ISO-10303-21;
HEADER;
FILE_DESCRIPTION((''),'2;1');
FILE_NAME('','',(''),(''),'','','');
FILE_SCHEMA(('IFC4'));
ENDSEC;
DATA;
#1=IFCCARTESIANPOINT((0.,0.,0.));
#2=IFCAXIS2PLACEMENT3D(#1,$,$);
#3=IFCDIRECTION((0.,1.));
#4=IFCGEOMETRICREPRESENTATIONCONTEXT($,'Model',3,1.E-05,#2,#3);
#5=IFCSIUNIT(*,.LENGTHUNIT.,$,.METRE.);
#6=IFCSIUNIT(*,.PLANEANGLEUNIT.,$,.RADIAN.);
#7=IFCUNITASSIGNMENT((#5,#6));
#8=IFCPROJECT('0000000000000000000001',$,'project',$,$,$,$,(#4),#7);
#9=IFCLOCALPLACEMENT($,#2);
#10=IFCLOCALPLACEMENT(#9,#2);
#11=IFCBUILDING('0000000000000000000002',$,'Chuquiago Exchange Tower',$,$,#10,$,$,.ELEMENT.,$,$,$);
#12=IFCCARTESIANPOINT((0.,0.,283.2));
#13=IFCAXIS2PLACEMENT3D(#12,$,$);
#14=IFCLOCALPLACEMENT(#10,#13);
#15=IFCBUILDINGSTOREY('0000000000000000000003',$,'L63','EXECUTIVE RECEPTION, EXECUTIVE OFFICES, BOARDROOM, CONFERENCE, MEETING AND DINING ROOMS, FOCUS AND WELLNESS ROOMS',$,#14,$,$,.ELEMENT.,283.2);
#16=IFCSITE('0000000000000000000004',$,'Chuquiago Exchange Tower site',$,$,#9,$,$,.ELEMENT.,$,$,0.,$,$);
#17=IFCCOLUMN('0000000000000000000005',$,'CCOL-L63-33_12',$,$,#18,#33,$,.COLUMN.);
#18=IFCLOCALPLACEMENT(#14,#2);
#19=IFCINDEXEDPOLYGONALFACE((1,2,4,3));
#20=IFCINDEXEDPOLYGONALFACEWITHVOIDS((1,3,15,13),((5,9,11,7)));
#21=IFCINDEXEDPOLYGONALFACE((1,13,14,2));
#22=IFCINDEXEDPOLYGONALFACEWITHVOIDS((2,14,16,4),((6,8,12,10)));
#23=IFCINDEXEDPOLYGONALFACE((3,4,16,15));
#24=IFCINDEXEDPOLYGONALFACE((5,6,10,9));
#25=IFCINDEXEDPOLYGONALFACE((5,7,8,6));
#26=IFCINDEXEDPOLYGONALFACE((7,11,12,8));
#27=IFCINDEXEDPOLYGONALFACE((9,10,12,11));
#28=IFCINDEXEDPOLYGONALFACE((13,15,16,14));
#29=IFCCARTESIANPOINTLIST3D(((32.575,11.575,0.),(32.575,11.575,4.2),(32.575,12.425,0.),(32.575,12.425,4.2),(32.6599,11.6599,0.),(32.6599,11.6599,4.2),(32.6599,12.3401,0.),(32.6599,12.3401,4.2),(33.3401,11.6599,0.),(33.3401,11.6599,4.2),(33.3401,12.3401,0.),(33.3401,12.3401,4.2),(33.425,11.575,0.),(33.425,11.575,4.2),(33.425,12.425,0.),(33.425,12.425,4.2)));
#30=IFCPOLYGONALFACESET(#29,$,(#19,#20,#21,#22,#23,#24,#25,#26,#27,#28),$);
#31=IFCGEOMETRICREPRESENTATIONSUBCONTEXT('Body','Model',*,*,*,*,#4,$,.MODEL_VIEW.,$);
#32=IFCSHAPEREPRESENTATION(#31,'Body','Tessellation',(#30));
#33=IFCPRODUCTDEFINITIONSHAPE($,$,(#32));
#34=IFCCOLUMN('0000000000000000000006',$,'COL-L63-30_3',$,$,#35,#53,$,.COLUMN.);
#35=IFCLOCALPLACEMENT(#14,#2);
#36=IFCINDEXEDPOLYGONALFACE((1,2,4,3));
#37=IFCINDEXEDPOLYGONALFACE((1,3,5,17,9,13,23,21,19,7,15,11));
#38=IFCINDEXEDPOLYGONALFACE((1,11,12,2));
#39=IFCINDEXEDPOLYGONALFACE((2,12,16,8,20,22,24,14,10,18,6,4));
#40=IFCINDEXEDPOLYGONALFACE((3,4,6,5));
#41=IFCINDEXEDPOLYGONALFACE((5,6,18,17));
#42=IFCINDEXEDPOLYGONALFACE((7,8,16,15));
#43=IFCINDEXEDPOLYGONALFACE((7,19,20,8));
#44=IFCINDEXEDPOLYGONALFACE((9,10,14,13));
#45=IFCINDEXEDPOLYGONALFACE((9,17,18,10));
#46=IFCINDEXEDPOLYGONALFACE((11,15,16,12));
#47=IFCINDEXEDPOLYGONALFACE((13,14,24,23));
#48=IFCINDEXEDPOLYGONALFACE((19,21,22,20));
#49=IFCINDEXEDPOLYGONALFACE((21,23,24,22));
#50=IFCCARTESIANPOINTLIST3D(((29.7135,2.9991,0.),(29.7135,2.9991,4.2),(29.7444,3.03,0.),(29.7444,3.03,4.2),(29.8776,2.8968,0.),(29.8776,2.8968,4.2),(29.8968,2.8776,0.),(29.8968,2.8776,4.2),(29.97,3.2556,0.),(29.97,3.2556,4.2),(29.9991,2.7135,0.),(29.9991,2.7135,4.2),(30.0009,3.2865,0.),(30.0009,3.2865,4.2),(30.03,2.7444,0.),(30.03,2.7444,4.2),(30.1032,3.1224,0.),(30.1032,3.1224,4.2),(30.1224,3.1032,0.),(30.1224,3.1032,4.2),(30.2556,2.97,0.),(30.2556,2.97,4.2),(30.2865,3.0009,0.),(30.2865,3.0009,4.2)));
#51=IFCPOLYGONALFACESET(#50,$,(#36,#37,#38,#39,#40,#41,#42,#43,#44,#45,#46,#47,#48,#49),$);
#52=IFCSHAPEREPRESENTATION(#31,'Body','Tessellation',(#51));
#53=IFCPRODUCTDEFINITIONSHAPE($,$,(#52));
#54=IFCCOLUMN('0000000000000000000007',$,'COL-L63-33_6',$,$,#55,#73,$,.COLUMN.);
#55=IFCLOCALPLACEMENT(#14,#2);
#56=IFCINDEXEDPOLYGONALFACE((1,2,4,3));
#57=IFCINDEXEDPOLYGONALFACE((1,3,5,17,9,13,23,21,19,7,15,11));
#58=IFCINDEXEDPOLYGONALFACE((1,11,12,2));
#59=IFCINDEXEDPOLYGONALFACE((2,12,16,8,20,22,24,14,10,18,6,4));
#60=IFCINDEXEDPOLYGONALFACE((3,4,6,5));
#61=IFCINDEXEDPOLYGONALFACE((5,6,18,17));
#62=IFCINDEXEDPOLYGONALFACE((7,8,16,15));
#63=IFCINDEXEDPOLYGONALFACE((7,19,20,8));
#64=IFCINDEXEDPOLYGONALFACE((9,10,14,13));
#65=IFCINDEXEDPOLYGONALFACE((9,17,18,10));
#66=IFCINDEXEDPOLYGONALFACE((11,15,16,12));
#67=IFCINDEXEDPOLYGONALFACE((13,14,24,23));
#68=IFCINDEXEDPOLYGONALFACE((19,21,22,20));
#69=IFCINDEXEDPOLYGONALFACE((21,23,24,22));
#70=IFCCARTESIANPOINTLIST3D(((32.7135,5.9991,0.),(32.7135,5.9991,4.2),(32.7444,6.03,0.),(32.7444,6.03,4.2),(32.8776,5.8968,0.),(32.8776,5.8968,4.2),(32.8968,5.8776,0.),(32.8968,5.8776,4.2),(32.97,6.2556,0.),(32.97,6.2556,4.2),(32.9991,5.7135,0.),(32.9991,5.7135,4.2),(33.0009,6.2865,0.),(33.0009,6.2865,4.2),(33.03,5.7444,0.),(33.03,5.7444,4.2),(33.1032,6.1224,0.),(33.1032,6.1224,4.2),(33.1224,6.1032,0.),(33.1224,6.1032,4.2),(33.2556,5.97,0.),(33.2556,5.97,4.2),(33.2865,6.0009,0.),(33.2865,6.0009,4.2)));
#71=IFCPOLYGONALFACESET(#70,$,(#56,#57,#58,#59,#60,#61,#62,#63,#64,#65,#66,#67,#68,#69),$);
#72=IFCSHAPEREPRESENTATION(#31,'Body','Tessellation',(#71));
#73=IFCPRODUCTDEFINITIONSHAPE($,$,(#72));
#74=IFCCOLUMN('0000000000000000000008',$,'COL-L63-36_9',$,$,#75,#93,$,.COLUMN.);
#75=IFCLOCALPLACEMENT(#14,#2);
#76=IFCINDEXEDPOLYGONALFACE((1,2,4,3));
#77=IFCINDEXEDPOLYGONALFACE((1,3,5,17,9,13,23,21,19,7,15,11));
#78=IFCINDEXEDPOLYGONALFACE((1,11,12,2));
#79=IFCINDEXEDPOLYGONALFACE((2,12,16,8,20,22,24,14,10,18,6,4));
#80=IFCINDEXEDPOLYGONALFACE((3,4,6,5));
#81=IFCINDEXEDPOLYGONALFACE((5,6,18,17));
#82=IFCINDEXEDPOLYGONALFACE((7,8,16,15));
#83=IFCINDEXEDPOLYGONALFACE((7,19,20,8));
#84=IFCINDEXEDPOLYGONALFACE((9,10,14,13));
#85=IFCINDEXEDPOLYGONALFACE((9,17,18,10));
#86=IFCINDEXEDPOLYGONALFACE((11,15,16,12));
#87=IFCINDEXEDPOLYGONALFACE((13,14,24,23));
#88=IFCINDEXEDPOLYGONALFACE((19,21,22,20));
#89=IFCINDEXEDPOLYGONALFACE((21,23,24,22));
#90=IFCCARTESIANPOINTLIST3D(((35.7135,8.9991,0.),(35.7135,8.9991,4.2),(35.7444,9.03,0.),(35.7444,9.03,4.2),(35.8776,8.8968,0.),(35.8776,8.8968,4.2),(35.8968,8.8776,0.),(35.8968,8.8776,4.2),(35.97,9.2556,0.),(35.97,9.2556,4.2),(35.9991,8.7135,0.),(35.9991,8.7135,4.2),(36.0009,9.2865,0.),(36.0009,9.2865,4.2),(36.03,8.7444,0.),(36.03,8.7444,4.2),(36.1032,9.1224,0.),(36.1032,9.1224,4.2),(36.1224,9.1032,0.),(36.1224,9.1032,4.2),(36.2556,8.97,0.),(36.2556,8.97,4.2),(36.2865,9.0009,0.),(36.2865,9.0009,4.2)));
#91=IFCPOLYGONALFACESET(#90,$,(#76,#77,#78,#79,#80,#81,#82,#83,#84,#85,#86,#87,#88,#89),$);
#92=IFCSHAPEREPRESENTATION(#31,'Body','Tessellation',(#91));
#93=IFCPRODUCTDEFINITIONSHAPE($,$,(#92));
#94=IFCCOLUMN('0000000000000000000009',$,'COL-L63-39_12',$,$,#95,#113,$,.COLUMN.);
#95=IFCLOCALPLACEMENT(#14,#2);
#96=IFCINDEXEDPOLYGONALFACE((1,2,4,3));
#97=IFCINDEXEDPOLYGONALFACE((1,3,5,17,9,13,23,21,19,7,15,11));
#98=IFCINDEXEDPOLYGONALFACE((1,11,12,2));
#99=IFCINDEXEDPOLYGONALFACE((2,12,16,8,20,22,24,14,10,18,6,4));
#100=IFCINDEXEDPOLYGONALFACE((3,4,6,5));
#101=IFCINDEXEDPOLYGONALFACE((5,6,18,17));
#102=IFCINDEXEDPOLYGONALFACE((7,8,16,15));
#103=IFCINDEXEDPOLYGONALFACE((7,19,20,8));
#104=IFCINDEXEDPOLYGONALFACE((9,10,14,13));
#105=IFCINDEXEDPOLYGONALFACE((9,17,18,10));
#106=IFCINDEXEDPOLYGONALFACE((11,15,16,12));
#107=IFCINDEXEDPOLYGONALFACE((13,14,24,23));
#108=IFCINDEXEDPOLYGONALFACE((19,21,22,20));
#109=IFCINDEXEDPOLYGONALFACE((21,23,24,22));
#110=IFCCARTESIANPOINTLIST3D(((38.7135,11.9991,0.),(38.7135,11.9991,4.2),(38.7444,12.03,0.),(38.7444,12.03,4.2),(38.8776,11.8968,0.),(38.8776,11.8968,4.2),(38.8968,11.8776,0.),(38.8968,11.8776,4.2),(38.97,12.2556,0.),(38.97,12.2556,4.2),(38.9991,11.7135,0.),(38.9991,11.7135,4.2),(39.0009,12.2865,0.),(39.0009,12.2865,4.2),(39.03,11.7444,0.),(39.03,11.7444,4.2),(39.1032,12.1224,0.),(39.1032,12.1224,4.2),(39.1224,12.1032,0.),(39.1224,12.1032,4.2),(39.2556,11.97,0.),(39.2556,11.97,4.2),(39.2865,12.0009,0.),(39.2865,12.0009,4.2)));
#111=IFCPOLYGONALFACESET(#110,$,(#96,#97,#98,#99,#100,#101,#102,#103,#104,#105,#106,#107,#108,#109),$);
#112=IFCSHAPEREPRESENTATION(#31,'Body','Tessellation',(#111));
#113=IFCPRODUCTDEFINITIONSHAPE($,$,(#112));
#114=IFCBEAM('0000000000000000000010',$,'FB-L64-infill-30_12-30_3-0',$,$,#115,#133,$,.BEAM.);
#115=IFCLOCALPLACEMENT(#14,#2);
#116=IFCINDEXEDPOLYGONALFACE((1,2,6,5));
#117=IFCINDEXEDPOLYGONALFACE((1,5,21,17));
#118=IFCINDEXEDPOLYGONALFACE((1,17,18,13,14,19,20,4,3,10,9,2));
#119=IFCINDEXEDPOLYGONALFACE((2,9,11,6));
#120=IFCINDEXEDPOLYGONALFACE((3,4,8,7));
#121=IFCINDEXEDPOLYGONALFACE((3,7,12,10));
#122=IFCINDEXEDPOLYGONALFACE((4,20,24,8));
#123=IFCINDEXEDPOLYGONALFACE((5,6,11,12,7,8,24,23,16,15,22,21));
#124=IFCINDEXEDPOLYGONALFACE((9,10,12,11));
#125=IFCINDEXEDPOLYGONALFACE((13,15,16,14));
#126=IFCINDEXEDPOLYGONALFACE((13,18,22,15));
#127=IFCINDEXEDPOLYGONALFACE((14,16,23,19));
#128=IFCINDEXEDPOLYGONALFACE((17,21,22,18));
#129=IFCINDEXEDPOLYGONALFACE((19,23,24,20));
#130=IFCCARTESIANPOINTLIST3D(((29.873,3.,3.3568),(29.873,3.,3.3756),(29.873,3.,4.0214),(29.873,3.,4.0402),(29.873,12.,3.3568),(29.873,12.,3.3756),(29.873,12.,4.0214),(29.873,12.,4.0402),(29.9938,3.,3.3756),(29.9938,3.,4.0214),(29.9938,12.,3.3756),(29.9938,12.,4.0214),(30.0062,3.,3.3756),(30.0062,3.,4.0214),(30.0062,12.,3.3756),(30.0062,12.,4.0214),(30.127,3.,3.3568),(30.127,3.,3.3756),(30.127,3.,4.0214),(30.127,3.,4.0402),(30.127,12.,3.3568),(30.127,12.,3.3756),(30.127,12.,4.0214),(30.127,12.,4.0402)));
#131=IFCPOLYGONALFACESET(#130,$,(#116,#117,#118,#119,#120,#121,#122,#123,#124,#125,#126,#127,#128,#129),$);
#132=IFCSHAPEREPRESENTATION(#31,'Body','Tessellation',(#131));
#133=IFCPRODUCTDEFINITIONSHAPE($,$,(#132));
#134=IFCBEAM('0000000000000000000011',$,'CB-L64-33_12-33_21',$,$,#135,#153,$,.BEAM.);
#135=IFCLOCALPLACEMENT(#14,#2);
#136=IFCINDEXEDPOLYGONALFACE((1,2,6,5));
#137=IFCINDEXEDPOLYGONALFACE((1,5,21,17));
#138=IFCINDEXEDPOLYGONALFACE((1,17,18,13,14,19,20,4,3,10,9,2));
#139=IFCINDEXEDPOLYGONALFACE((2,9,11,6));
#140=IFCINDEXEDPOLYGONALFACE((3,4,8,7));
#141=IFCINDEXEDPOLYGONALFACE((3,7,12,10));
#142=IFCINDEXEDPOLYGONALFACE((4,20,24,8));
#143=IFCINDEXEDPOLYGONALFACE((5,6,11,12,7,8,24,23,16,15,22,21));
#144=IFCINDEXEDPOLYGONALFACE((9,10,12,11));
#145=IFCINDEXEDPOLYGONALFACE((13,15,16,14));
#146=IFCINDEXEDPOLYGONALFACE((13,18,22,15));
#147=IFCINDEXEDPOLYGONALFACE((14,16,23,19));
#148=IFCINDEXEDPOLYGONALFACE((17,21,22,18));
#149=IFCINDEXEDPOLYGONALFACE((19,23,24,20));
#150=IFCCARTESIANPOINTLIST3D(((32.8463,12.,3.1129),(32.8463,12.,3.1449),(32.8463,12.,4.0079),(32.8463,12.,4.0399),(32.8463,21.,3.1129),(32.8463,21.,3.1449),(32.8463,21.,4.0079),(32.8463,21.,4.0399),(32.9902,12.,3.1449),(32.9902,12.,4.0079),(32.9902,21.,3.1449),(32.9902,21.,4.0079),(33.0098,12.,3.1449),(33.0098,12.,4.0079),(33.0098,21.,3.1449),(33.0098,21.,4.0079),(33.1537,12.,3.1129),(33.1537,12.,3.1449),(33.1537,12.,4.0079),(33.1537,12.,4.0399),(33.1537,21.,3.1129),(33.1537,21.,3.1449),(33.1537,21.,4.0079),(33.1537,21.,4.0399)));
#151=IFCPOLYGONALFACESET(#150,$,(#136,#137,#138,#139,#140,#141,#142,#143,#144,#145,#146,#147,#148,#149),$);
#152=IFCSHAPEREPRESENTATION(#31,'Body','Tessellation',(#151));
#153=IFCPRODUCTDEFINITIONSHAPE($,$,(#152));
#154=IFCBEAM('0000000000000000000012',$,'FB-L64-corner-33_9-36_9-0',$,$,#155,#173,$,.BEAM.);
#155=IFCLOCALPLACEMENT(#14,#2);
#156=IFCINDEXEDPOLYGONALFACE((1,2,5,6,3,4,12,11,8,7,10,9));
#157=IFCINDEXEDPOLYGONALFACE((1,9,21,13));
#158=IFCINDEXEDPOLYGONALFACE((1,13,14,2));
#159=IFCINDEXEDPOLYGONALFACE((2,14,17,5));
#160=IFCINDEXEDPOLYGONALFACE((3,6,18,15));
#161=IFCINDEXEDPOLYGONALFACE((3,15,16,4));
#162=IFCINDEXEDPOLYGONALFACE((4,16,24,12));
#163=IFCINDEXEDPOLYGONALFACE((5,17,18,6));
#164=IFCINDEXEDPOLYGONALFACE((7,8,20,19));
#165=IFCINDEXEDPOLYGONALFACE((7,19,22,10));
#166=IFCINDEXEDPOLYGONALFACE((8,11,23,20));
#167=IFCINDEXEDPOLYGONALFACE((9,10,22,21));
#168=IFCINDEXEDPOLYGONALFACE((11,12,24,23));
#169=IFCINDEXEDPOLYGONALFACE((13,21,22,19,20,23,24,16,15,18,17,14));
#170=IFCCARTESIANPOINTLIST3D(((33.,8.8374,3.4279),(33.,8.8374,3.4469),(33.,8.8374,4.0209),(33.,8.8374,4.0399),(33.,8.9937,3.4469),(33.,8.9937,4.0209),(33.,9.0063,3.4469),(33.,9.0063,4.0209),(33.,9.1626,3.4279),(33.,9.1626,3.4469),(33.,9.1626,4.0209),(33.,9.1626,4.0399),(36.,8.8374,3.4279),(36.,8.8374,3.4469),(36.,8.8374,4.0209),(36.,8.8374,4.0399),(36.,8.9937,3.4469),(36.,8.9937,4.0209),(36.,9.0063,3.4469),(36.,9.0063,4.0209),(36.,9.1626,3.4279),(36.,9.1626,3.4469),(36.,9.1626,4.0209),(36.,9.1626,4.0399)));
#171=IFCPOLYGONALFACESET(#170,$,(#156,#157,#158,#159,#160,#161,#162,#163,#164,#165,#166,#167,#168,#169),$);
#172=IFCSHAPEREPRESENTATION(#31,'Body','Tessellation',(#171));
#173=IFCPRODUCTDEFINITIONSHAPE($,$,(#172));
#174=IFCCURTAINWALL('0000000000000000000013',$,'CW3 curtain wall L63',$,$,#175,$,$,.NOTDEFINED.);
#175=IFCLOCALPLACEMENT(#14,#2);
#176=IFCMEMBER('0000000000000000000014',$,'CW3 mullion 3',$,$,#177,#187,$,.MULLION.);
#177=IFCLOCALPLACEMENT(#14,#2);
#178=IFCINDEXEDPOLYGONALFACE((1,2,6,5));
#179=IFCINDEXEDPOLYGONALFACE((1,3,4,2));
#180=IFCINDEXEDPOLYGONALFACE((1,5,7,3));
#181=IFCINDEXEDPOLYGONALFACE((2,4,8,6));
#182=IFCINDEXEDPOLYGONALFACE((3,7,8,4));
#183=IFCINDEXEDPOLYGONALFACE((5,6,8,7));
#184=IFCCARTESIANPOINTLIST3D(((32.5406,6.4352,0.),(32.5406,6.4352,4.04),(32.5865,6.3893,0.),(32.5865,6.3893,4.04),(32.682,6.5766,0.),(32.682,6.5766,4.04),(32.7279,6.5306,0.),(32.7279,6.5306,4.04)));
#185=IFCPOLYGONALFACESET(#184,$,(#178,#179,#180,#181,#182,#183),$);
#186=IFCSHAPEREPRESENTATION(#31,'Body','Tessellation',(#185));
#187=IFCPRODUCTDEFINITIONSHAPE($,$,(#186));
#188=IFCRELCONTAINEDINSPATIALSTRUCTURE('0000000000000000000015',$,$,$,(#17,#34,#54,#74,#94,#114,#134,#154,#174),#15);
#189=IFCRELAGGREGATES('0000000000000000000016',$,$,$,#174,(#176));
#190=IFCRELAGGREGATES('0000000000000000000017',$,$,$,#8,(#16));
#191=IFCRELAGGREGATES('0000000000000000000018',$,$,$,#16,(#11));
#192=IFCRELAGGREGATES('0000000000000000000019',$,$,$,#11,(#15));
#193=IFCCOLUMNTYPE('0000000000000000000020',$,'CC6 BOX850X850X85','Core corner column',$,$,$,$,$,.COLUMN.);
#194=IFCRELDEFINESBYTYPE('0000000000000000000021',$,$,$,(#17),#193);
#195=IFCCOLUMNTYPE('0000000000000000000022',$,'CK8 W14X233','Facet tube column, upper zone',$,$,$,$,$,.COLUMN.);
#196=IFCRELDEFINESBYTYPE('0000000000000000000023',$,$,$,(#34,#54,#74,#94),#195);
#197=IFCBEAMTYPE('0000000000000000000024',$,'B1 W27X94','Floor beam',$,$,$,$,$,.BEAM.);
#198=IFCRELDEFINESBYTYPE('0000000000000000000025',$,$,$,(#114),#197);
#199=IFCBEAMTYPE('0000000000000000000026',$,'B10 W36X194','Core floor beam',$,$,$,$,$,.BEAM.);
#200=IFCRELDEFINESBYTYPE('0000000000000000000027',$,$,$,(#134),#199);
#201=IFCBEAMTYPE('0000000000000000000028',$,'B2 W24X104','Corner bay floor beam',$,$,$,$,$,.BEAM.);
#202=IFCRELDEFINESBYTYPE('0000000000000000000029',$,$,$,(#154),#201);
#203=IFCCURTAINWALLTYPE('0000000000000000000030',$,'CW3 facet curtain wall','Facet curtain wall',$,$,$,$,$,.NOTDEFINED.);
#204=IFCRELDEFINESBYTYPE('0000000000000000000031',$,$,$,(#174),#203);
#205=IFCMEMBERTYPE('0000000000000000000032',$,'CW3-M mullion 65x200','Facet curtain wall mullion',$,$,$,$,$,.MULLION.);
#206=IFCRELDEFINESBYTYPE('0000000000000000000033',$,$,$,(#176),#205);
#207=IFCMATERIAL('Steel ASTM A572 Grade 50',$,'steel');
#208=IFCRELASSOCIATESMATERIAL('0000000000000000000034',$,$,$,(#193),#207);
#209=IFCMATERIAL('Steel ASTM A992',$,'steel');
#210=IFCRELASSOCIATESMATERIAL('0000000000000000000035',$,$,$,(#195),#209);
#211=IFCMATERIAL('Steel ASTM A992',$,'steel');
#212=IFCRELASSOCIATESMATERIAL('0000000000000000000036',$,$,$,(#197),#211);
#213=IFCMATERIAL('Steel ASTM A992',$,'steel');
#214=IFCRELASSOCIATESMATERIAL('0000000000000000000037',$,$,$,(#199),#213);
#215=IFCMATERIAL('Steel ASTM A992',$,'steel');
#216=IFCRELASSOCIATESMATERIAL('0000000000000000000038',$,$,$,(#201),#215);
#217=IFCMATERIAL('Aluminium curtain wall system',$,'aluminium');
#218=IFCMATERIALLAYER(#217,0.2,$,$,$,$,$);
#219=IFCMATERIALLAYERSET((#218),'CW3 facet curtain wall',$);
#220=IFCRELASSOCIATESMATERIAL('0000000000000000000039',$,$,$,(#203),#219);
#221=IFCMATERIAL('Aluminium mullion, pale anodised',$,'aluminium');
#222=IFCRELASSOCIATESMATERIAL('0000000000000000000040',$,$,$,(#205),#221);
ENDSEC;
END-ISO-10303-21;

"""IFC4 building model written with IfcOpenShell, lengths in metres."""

from ifc_helpers import new_model, si_unit, direction, frame, origin, origin_2d, place, context, subcontext, project, spatial, rectangle, hollow_rectangle, i_section, extrude, material, layer, layer_set, material_profile, profile_set, type_object, element, aggregate, save


model = new_model("IFC4")

# Units and contexts
model_context = context("Model", 3, precision=1e-05, world=origin(), true_north=direction((0.0, 1.0)))
body_context = subcontext(model_context, "Body", "Model", "MODEL_VIEW")
ifc_project = project(units=[si_unit("LENGTHUNIT", "METRE"), si_unit("PLANEANGLEUNIT", "RADIAN")], contexts=[model_context])

# Site, building, storey
site_placement = place(None, origin())
site = spatial("IfcSite", under=ifc_project, at=site_placement, Name="Chuquiago Exchange Tower site", CompositionType="ELEMENT", RefElevation=0.0)
building_placement = place(site_placement, origin())
building = spatial("IfcBuilding", under=site, at=building_placement, Name="Chuquiago Exchange Tower", CompositionType="ELEMENT")
storey_placement = place(building_placement, frame((0.0, 0.0, 283.2)))
storey = spatial("IfcBuildingStorey", under=building, at=storey_placement, Name="L63", Description="EXECUTIVE RECEPTION, EXECUTIVE OFFICES, BOARDROOM, CONFERENCE, MEETING AND DINING ROOMS, FOCUS AND WELLNESS ROOMS", CompositionType="ELEMENT", Elevation=283.2)

# Columns
ifc_material_1 = material(Name="Steel ASTM A572 Grade 50", Category="steel")
ifc_material_profile_1 = material_profile(ifc_material_1, hollow_rectangle(XDim=0.8501, YDim=0.8501, WallThickness=0.085, at=origin_2d()), Name="BOX850X850X85")
ifc_profile_set_1 = profile_set([ifc_material_profile_1], Name="Steel ASTM A572 Grade 50")
column_type_1 = type_object("IfcColumnType", Name="CC6 BOX850X850X85", Description="Core corner column", PredefinedType="COLUMN", material=ifc_profile_set_1)
column_placement = place(storey_placement, frame((33.0, 12.0, 0.0), z_axis=(0.0, 0.0, 1.0), x_axis=(1.0, 0.0, 0.0)))
element("IfcColumn", 1, at=column_placement, inside=storey, type_object=column_type_1, Name="CCOL-L63-33_12", PredefinedType="COLUMN", context=body_context, shape_type="SweptSolid", body=[
    extrude(hollow_rectangle(XDim=0.8501, YDim=0.8501, WallThickness=0.085, at=origin_2d()), origin(), (0.0, 0.0, 1.0), 4.2),
])
ifc_material_2 = material(Name="Steel ASTM A992", Category="steel")
ifc_material_profile_2 = material_profile(ifc_material_2, i_section(OverallWidth=0.4038, OverallDepth=0.4065, WebThickness=0.0271, FlangeThickness=0.0437, at=origin_2d()), Name="W14X233")
ifc_profile_set_2 = profile_set([ifc_material_profile_2], Name="Steel ASTM A992")
column_type_2 = type_object("IfcColumnType", Name="CK8 W14X233", Description="Facet tube column, upper zone", PredefinedType="COLUMN", material=ifc_profile_set_2)
for number, where, z_axis, x_axis, name in (
    (2, (30.0, 3.0, 0.0), (0.0, 0.0, 1.0), (0.707107, -0.707107, 0.0), "COL-L63-30_3"),
    (3, (33.0, 6.0, 0.0), (0.0, 0.0, 1.0), (0.707107, -0.707107, 0.0), "COL-L63-33_6"),
    (4, (36.0, 9.0, 0.0), (0.0, 0.0, 1.0), (0.707107, -0.707107, 0.0), "COL-L63-36_9"),
    (5, (39.0, 12.0, 0.0), (0.0, 0.0, 1.0), (0.707107, -0.707107, 0.0), "COL-L63-39_12"),
):
    element("IfcColumn", number, at=place(storey_placement, frame(where, z_axis=z_axis, x_axis=x_axis)), inside=storey, type_object=column_type_2, Name=name, PredefinedType="COLUMN", context=body_context, shape_type="SweptSolid", body=[
        extrude(i_section(OverallWidth=0.4038, OverallDepth=0.4065, WebThickness=0.0271, FlangeThickness=0.0437, at=origin_2d()), origin(), (0.0, 0.0, 1.0), 4.2),
    ])

# Beams
ifc_material_3 = material(Name="Steel ASTM A992", Category="steel")
ifc_material_profile_3 = material_profile(ifc_material_3, i_section(OverallWidth=0.2539, OverallDepth=0.6833, WebThickness=0.0125, FlangeThickness=0.0188, at=origin_2d()), Name="W27X94")
ifc_profile_set_3 = profile_set([ifc_material_profile_3], Name="Steel ASTM A992")
beam_type_1 = type_object("IfcBeamType", Name="B1 W27X94", Description="Floor beam", PredefinedType="BEAM", material=ifc_profile_set_3)
beam_1_placement = place(storey_placement, frame((30.0, 12.0, 3.6985), z_axis=(0.0, -1.0, 0.0), x_axis=(1.0, 0.0, 0.0)))
element("IfcBeam", 6, at=beam_1_placement, inside=storey, type_object=beam_type_1, Name="FB-L64-infill-30_12-30_3-0", PredefinedType="BEAM", context=body_context, shape_type="SweptSolid", body=[
    extrude(i_section(OverallWidth=0.2539, OverallDepth=0.6833, WebThickness=0.0125, FlangeThickness=0.0188, at=origin_2d()), origin(), (0.0, 0.0, 1.0), 9.0),
])
ifc_material_4 = material(Name="Steel ASTM A992", Category="steel")
ifc_material_profile_4 = material_profile(ifc_material_4, i_section(OverallWidth=0.3074, OverallDepth=0.927, WebThickness=0.0195, FlangeThickness=0.032, at=origin_2d()), Name="W36X194")
ifc_profile_set_4 = profile_set([ifc_material_profile_4], Name="Steel ASTM A992")
beam_type_2 = type_object("IfcBeamType", Name="B10 W36X194", Description="Core floor beam", PredefinedType="BEAM", material=ifc_profile_set_4)
beam_2_placement = place(storey_placement, frame((33.0, 12.0, 3.5764), z_axis=(0.0, 1.0, 0.0), x_axis=(-1.0, 0.0, 0.0)))
element("IfcBeam", 7, at=beam_2_placement, inside=storey, type_object=beam_type_2, Name="CB-L64-33_12-33_21", PredefinedType="BEAM", context=body_context, shape_type="SweptSolid", body=[
    extrude(i_section(OverallWidth=0.3074, OverallDepth=0.927, WebThickness=0.0195, FlangeThickness=0.032, at=origin_2d()), origin(), (0.0, 0.0, 1.0), 9.0),
])
ifc_material_5 = material(Name="Steel ASTM A992", Category="steel")
ifc_material_profile_5 = material_profile(ifc_material_5, i_section(OverallWidth=0.3252, OverallDepth=0.6121, WebThickness=0.0127, FlangeThickness=0.019, at=origin_2d()), Name="W24X104")
ifc_profile_set_5 = profile_set([ifc_material_profile_5], Name="Steel ASTM A992")
beam_type_3 = type_object("IfcBeamType", Name="B2 W24X104", Description="Corner bay floor beam", PredefinedType="BEAM", material=ifc_profile_set_5)
beam_3_placement = place(storey_placement, frame((33.0, 9.0, 3.7339), z_axis=(1.0, 0.0, 0.0), x_axis=(0.0, 1.0, 0.0)))
element("IfcBeam", 8, at=beam_3_placement, inside=storey, type_object=beam_type_3, Name="FB-L64-corner-33_9-36_9-0", PredefinedType="BEAM", context=body_context, shape_type="SweptSolid", body=[
    extrude(i_section(OverallWidth=0.3252, OverallDepth=0.6121, WebThickness=0.0127, FlangeThickness=0.019, at=origin_2d()), origin(), (0.0, 0.0, 1.0), 3.0),
])

# Curtain wall, member
ifc_material_6 = material(Name="Aluminium curtain wall system", Category="aluminium")
ifc_layer_1 = layer(ifc_material_6, 0.2)
ifc_layer_set_1 = layer_set([ifc_layer_1], Name="CW3 facet curtain wall")
curtain_wall_type = type_object("IfcCurtainWallType", Name="CW3 facet curtain wall", Description="Facet curtain wall", PredefinedType="NOTDEFINED", material=ifc_layer_set_1)
curtain_wall_placement = place(storey_placement, origin())
curtain_wall = element("IfcCurtainWall", 9, at=curtain_wall_placement, inside=storey, type_object=curtain_wall_type, Name="CW3 curtain wall L63", PredefinedType="NOTDEFINED")
ifc_material_7 = material(Name="Aluminium mullion, pale anodised", Category="aluminium")
ifc_material_profile_6 = material_profile(ifc_material_7, rectangle(XDim=0.0649, YDim=0.2, at=origin_2d()), Name="AL 65x200")
ifc_profile_set_6 = profile_set([ifc_material_profile_6], Name="Aluminium mullion, pale anodised")
member_type_1 = type_object("IfcMemberType", Name="CW3-M mullion 65x200", Description="Facet curtain wall mullion", PredefinedType="MULLION", material=ifc_profile_set_6)
member_1_placement = place(storey_placement, frame((32.6343, 6.4829, 0.0), z_axis=(0.0, 0.0, 1.0), x_axis=(-0.707107, 0.707107, 0.0)))
member_1 = element("IfcMember", 10, at=member_1_placement, type_object=member_type_1, Name="CW3 mullion 3", PredefinedType="MULLION", context=body_context, shape_type="SweptSolid", body=[
    extrude(rectangle(XDim=0.0649, YDim=0.2, at=origin_2d()), origin(), (0.0, 0.0, 1.0), 4.04),
])

aggregate(curtain_wall, [member_1])

save(model, "model.ifc")
